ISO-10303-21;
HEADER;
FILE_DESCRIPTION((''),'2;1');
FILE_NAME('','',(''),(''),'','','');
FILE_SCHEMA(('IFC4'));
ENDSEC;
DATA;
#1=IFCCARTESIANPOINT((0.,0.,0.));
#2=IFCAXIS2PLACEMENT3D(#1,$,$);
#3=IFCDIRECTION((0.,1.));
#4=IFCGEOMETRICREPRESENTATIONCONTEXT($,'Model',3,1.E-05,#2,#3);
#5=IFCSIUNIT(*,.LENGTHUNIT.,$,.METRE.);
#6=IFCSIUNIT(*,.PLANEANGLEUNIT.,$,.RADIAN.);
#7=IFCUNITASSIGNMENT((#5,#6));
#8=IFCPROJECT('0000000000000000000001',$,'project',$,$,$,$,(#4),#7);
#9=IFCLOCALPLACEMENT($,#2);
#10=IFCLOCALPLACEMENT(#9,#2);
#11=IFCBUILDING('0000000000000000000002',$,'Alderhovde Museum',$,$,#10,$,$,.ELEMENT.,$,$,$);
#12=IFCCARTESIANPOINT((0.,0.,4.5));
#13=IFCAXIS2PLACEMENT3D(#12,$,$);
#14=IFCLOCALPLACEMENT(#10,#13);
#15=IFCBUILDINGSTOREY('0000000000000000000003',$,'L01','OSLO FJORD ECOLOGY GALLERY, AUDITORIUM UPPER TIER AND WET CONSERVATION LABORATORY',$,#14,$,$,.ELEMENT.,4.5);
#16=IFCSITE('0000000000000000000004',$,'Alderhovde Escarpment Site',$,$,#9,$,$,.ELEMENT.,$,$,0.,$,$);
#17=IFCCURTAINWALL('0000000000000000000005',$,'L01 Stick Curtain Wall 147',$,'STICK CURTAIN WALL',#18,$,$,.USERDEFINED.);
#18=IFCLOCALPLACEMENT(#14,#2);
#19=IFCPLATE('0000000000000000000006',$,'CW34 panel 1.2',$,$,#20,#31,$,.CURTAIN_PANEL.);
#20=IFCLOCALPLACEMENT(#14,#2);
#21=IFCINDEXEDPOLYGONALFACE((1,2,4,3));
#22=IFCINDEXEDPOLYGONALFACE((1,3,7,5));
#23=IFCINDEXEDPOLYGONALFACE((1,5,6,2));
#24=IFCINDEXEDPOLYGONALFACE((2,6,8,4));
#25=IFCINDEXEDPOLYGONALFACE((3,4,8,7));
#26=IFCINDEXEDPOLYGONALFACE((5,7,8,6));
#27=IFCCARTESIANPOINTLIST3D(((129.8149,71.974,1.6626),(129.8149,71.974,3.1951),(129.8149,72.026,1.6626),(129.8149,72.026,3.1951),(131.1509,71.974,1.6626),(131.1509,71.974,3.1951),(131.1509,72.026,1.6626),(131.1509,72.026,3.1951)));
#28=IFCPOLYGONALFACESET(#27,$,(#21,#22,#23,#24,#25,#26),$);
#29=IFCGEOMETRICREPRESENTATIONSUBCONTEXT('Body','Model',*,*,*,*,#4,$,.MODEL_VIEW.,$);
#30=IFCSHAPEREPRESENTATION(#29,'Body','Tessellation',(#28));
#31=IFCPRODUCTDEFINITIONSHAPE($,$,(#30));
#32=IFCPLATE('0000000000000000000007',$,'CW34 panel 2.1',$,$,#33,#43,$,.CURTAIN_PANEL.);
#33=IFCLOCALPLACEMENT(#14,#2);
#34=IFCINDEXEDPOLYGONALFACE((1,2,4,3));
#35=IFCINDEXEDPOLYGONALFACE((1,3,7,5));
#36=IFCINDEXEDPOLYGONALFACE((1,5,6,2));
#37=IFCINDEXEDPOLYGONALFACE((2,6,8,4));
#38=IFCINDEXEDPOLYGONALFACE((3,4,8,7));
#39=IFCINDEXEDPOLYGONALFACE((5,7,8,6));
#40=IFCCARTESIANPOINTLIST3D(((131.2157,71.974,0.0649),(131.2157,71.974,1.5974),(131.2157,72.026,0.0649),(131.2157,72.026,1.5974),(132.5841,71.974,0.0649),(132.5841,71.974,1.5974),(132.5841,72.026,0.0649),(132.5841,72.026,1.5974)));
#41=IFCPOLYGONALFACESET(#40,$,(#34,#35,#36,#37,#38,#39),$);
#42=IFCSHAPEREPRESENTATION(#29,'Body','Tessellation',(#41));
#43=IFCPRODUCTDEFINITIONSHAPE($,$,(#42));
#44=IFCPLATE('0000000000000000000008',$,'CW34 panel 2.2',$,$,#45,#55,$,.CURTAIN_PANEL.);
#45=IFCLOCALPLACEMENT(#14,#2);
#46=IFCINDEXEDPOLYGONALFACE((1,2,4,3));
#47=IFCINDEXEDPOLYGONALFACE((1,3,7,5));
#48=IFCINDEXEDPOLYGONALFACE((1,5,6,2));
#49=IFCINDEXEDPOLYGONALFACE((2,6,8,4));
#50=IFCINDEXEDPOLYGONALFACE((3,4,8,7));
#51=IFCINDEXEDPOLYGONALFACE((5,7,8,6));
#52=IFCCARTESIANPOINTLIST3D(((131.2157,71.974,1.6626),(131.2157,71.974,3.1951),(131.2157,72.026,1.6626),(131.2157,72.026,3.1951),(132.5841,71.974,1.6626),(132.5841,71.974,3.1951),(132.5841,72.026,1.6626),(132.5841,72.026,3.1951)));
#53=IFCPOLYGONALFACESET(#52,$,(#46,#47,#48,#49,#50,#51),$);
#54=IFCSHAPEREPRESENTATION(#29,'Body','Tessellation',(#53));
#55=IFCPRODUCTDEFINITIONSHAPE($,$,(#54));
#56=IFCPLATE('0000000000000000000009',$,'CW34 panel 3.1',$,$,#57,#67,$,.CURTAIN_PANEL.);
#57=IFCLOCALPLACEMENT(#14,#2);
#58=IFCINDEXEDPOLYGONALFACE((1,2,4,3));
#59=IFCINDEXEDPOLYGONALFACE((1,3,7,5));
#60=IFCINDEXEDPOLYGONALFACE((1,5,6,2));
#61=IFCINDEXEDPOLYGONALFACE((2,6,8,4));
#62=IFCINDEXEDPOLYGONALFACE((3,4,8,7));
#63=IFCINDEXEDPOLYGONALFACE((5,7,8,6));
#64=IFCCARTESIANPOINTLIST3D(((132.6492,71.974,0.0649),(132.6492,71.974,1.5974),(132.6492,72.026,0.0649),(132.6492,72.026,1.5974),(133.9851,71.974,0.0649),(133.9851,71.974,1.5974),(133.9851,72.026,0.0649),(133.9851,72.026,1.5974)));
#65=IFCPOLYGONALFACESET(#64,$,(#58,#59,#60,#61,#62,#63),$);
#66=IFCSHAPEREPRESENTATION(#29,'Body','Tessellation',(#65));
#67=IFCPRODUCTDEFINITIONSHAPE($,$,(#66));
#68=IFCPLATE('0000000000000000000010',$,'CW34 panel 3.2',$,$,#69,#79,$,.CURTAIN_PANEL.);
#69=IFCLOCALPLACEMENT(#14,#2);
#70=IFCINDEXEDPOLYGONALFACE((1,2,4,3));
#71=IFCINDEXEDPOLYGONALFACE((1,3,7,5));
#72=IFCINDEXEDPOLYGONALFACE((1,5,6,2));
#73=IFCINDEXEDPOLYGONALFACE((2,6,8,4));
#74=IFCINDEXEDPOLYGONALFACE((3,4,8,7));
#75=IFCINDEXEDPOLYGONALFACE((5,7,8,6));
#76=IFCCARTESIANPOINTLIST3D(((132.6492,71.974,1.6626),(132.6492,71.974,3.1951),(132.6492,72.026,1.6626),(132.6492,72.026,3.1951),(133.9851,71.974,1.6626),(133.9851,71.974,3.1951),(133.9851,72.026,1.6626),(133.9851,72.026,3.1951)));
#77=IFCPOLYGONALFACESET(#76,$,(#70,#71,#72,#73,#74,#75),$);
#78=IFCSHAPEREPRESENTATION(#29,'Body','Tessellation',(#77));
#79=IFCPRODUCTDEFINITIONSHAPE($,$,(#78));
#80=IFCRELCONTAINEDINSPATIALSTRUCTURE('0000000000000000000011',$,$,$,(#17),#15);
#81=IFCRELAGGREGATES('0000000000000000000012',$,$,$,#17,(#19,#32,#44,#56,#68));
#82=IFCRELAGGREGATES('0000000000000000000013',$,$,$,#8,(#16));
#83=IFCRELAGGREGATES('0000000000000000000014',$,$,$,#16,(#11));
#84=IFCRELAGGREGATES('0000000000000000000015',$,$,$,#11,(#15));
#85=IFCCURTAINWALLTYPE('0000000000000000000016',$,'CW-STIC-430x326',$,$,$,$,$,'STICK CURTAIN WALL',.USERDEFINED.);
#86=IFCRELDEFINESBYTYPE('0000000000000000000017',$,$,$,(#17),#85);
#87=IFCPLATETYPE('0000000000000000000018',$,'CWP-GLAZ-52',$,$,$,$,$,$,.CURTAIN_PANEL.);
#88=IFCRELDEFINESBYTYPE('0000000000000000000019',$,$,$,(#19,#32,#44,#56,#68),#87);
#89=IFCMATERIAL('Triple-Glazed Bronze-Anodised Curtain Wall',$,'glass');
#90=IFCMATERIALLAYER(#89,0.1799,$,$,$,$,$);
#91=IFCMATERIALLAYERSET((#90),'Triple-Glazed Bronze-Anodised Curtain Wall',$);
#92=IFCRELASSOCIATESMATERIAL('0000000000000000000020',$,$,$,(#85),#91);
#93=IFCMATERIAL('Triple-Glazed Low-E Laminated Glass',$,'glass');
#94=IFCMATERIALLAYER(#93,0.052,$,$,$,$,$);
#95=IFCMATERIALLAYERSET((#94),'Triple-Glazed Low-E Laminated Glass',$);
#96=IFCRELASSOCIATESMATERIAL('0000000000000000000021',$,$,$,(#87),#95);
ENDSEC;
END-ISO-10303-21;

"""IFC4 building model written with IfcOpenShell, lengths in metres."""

from ifc_helpers import new_model, si_unit, direction, frame, origin, origin_2d, place, context, subcontext, project, spatial, rectangle, extrude, material, layer, layer_set, type_object, element, aggregate, save


model = new_model("IFC4")

# Units and contexts
model_context = context("Model", 3, precision=1e-05, world=origin(), true_north=direction((0.0, 1.0)))
body_context = subcontext(model_context, "Body", "Model", "MODEL_VIEW")
ifc_project = project(units=[si_unit("LENGTHUNIT", "METRE"), si_unit("PLANEANGLEUNIT", "RADIAN")], contexts=[model_context])

# Site, building, storey
site_placement = place(None, origin())
site = spatial("IfcSite", under=ifc_project, at=site_placement, Name="Alderhovde Escarpment Site", CompositionType="ELEMENT", RefElevation=0.0)
building_placement = place(site_placement, origin())
building = spatial("IfcBuilding", under=site, at=building_placement, Name="Alderhovde Museum", CompositionType="ELEMENT")
storey_placement = place(building_placement, frame((0.0, 0.0, 4.5)))
storey = spatial("IfcBuildingStorey", under=building, at=storey_placement, Name="L01", Description="OSLO FJORD ECOLOGY GALLERY, AUDITORIUM UPPER TIER AND WET CONSERVATION LABORATORY", CompositionType="ELEMENT", Elevation=4.5)

# Curtain wall
ifc_material_1 = material(Name="Triple-Glazed Bronze-Anodised Curtain Wall", Category="glass")
ifc_layer_1 = layer(ifc_material_1, 0.1799)
ifc_layer_set_1 = layer_set([ifc_layer_1], Name="Triple-Glazed Bronze-Anodised Curtain Wall")
curtain_wall_type = type_object("IfcCurtainWallType", Name="CW-STIC-430x326", ElementType="STICK CURTAIN WALL", PredefinedType="USERDEFINED", material=ifc_layer_set_1)
curtain_wall_1_placement = place(storey_placement, origin())
curtain_wall_1 = element("IfcCurtainWall", 1, at=curtain_wall_1_placement, inside=storey, type_object=curtain_wall_type, Name="L01 Stick Curtain Wall 147", ObjectType="STICK CURTAIN WALL", PredefinedType="USERDEFINED")

# Plates
ifc_material_2 = material(Name="Triple-Glazed Low-E Laminated Glass", Category="glass")
ifc_layer_2 = layer(ifc_material_2, 0.052)
ifc_layer_set_2 = layer_set([ifc_layer_2], Name="Triple-Glazed Low-E Laminated Glass")
plate_type_1 = type_object("IfcPlateType", Name="CWP-GLAZ-52", PredefinedType="CURTAIN_PANEL", material=ifc_layer_set_2)
plate_1_placement = place(storey_placement, frame((130.4829, 72.0, 1.6626), z_axis=(0.0, 0.0, 1.0), x_axis=(1.0, 0.0, 0.0)))
plate_1 = element("IfcPlate", 2, at=plate_1_placement, type_object=plate_type_1, Name="CW34 panel 1.2", PredefinedType="CURTAIN_PANEL", context=body_context, shape_type="SweptSolid", body=[
    extrude(rectangle(XDim=1.3359, YDim=0.052, at=origin_2d()), origin(), (0.0, 0.0, 1.0), 1.5325),
])
plate_2_placement = place(storey_placement, frame((131.8999, 72.0, 0.0649), z_axis=(0.0, 0.0, 1.0), x_axis=(1.0, 0.0, 0.0)))
plate_2 = element("IfcPlate", 3, at=plate_2_placement, type_object=plate_type_1, Name="CW34 panel 2.1", PredefinedType="CURTAIN_PANEL", context=body_context, shape_type="SweptSolid", body=[
    extrude(rectangle(XDim=1.3684, YDim=0.052, at=origin_2d()), origin(), (0.0, 0.0, 1.0), 1.5325),
])
plate_3_placement = place(storey_placement, frame((131.8999, 72.0, 1.6626), z_axis=(0.0, 0.0, 1.0), x_axis=(1.0, 0.0, 0.0)))
plate_3 = element("IfcPlate", 4, at=plate_3_placement, type_object=plate_type_1, Name="CW34 panel 2.2", PredefinedType="CURTAIN_PANEL", context=body_context, shape_type="SweptSolid", body=[
    extrude(rectangle(XDim=1.3684, YDim=0.052, at=origin_2d()), origin(), (0.0, 0.0, 1.0), 1.5325),
])
plate_4_placement = place(storey_placement, frame((133.3171, 72.0, 0.0649), z_axis=(0.0, 0.0, 1.0), x_axis=(1.0, 0.0, 0.0)))
plate_4 = element("IfcPlate", 5, at=plate_4_placement, type_object=plate_type_1, Name="CW34 panel 3.1", PredefinedType="CURTAIN_PANEL", context=body_context, shape_type="SweptSolid", body=[
    extrude(rectangle(XDim=1.3359, YDim=0.052, at=origin_2d()), origin(), (0.0, 0.0, 1.0), 1.5325),
])
plate_5_placement = place(storey_placement, frame((133.3171, 72.0, 1.6626), z_axis=(0.0, 0.0, 1.0), x_axis=(1.0, 0.0, 0.0)))
plate_5 = element("IfcPlate", 6, at=plate_5_placement, type_object=plate_type_1, Name="CW34 panel 3.2", PredefinedType="CURTAIN_PANEL", context=body_context, shape_type="SweptSolid", body=[
    extrude(rectangle(XDim=1.3359, YDim=0.052, at=origin_2d()), origin(), (0.0, 0.0, 1.0), 1.5325),
])
aggregate(curtain_wall_1, [plate_1, plate_2, plate_3, plate_4, plate_5])

save(model, "model.ifc")
